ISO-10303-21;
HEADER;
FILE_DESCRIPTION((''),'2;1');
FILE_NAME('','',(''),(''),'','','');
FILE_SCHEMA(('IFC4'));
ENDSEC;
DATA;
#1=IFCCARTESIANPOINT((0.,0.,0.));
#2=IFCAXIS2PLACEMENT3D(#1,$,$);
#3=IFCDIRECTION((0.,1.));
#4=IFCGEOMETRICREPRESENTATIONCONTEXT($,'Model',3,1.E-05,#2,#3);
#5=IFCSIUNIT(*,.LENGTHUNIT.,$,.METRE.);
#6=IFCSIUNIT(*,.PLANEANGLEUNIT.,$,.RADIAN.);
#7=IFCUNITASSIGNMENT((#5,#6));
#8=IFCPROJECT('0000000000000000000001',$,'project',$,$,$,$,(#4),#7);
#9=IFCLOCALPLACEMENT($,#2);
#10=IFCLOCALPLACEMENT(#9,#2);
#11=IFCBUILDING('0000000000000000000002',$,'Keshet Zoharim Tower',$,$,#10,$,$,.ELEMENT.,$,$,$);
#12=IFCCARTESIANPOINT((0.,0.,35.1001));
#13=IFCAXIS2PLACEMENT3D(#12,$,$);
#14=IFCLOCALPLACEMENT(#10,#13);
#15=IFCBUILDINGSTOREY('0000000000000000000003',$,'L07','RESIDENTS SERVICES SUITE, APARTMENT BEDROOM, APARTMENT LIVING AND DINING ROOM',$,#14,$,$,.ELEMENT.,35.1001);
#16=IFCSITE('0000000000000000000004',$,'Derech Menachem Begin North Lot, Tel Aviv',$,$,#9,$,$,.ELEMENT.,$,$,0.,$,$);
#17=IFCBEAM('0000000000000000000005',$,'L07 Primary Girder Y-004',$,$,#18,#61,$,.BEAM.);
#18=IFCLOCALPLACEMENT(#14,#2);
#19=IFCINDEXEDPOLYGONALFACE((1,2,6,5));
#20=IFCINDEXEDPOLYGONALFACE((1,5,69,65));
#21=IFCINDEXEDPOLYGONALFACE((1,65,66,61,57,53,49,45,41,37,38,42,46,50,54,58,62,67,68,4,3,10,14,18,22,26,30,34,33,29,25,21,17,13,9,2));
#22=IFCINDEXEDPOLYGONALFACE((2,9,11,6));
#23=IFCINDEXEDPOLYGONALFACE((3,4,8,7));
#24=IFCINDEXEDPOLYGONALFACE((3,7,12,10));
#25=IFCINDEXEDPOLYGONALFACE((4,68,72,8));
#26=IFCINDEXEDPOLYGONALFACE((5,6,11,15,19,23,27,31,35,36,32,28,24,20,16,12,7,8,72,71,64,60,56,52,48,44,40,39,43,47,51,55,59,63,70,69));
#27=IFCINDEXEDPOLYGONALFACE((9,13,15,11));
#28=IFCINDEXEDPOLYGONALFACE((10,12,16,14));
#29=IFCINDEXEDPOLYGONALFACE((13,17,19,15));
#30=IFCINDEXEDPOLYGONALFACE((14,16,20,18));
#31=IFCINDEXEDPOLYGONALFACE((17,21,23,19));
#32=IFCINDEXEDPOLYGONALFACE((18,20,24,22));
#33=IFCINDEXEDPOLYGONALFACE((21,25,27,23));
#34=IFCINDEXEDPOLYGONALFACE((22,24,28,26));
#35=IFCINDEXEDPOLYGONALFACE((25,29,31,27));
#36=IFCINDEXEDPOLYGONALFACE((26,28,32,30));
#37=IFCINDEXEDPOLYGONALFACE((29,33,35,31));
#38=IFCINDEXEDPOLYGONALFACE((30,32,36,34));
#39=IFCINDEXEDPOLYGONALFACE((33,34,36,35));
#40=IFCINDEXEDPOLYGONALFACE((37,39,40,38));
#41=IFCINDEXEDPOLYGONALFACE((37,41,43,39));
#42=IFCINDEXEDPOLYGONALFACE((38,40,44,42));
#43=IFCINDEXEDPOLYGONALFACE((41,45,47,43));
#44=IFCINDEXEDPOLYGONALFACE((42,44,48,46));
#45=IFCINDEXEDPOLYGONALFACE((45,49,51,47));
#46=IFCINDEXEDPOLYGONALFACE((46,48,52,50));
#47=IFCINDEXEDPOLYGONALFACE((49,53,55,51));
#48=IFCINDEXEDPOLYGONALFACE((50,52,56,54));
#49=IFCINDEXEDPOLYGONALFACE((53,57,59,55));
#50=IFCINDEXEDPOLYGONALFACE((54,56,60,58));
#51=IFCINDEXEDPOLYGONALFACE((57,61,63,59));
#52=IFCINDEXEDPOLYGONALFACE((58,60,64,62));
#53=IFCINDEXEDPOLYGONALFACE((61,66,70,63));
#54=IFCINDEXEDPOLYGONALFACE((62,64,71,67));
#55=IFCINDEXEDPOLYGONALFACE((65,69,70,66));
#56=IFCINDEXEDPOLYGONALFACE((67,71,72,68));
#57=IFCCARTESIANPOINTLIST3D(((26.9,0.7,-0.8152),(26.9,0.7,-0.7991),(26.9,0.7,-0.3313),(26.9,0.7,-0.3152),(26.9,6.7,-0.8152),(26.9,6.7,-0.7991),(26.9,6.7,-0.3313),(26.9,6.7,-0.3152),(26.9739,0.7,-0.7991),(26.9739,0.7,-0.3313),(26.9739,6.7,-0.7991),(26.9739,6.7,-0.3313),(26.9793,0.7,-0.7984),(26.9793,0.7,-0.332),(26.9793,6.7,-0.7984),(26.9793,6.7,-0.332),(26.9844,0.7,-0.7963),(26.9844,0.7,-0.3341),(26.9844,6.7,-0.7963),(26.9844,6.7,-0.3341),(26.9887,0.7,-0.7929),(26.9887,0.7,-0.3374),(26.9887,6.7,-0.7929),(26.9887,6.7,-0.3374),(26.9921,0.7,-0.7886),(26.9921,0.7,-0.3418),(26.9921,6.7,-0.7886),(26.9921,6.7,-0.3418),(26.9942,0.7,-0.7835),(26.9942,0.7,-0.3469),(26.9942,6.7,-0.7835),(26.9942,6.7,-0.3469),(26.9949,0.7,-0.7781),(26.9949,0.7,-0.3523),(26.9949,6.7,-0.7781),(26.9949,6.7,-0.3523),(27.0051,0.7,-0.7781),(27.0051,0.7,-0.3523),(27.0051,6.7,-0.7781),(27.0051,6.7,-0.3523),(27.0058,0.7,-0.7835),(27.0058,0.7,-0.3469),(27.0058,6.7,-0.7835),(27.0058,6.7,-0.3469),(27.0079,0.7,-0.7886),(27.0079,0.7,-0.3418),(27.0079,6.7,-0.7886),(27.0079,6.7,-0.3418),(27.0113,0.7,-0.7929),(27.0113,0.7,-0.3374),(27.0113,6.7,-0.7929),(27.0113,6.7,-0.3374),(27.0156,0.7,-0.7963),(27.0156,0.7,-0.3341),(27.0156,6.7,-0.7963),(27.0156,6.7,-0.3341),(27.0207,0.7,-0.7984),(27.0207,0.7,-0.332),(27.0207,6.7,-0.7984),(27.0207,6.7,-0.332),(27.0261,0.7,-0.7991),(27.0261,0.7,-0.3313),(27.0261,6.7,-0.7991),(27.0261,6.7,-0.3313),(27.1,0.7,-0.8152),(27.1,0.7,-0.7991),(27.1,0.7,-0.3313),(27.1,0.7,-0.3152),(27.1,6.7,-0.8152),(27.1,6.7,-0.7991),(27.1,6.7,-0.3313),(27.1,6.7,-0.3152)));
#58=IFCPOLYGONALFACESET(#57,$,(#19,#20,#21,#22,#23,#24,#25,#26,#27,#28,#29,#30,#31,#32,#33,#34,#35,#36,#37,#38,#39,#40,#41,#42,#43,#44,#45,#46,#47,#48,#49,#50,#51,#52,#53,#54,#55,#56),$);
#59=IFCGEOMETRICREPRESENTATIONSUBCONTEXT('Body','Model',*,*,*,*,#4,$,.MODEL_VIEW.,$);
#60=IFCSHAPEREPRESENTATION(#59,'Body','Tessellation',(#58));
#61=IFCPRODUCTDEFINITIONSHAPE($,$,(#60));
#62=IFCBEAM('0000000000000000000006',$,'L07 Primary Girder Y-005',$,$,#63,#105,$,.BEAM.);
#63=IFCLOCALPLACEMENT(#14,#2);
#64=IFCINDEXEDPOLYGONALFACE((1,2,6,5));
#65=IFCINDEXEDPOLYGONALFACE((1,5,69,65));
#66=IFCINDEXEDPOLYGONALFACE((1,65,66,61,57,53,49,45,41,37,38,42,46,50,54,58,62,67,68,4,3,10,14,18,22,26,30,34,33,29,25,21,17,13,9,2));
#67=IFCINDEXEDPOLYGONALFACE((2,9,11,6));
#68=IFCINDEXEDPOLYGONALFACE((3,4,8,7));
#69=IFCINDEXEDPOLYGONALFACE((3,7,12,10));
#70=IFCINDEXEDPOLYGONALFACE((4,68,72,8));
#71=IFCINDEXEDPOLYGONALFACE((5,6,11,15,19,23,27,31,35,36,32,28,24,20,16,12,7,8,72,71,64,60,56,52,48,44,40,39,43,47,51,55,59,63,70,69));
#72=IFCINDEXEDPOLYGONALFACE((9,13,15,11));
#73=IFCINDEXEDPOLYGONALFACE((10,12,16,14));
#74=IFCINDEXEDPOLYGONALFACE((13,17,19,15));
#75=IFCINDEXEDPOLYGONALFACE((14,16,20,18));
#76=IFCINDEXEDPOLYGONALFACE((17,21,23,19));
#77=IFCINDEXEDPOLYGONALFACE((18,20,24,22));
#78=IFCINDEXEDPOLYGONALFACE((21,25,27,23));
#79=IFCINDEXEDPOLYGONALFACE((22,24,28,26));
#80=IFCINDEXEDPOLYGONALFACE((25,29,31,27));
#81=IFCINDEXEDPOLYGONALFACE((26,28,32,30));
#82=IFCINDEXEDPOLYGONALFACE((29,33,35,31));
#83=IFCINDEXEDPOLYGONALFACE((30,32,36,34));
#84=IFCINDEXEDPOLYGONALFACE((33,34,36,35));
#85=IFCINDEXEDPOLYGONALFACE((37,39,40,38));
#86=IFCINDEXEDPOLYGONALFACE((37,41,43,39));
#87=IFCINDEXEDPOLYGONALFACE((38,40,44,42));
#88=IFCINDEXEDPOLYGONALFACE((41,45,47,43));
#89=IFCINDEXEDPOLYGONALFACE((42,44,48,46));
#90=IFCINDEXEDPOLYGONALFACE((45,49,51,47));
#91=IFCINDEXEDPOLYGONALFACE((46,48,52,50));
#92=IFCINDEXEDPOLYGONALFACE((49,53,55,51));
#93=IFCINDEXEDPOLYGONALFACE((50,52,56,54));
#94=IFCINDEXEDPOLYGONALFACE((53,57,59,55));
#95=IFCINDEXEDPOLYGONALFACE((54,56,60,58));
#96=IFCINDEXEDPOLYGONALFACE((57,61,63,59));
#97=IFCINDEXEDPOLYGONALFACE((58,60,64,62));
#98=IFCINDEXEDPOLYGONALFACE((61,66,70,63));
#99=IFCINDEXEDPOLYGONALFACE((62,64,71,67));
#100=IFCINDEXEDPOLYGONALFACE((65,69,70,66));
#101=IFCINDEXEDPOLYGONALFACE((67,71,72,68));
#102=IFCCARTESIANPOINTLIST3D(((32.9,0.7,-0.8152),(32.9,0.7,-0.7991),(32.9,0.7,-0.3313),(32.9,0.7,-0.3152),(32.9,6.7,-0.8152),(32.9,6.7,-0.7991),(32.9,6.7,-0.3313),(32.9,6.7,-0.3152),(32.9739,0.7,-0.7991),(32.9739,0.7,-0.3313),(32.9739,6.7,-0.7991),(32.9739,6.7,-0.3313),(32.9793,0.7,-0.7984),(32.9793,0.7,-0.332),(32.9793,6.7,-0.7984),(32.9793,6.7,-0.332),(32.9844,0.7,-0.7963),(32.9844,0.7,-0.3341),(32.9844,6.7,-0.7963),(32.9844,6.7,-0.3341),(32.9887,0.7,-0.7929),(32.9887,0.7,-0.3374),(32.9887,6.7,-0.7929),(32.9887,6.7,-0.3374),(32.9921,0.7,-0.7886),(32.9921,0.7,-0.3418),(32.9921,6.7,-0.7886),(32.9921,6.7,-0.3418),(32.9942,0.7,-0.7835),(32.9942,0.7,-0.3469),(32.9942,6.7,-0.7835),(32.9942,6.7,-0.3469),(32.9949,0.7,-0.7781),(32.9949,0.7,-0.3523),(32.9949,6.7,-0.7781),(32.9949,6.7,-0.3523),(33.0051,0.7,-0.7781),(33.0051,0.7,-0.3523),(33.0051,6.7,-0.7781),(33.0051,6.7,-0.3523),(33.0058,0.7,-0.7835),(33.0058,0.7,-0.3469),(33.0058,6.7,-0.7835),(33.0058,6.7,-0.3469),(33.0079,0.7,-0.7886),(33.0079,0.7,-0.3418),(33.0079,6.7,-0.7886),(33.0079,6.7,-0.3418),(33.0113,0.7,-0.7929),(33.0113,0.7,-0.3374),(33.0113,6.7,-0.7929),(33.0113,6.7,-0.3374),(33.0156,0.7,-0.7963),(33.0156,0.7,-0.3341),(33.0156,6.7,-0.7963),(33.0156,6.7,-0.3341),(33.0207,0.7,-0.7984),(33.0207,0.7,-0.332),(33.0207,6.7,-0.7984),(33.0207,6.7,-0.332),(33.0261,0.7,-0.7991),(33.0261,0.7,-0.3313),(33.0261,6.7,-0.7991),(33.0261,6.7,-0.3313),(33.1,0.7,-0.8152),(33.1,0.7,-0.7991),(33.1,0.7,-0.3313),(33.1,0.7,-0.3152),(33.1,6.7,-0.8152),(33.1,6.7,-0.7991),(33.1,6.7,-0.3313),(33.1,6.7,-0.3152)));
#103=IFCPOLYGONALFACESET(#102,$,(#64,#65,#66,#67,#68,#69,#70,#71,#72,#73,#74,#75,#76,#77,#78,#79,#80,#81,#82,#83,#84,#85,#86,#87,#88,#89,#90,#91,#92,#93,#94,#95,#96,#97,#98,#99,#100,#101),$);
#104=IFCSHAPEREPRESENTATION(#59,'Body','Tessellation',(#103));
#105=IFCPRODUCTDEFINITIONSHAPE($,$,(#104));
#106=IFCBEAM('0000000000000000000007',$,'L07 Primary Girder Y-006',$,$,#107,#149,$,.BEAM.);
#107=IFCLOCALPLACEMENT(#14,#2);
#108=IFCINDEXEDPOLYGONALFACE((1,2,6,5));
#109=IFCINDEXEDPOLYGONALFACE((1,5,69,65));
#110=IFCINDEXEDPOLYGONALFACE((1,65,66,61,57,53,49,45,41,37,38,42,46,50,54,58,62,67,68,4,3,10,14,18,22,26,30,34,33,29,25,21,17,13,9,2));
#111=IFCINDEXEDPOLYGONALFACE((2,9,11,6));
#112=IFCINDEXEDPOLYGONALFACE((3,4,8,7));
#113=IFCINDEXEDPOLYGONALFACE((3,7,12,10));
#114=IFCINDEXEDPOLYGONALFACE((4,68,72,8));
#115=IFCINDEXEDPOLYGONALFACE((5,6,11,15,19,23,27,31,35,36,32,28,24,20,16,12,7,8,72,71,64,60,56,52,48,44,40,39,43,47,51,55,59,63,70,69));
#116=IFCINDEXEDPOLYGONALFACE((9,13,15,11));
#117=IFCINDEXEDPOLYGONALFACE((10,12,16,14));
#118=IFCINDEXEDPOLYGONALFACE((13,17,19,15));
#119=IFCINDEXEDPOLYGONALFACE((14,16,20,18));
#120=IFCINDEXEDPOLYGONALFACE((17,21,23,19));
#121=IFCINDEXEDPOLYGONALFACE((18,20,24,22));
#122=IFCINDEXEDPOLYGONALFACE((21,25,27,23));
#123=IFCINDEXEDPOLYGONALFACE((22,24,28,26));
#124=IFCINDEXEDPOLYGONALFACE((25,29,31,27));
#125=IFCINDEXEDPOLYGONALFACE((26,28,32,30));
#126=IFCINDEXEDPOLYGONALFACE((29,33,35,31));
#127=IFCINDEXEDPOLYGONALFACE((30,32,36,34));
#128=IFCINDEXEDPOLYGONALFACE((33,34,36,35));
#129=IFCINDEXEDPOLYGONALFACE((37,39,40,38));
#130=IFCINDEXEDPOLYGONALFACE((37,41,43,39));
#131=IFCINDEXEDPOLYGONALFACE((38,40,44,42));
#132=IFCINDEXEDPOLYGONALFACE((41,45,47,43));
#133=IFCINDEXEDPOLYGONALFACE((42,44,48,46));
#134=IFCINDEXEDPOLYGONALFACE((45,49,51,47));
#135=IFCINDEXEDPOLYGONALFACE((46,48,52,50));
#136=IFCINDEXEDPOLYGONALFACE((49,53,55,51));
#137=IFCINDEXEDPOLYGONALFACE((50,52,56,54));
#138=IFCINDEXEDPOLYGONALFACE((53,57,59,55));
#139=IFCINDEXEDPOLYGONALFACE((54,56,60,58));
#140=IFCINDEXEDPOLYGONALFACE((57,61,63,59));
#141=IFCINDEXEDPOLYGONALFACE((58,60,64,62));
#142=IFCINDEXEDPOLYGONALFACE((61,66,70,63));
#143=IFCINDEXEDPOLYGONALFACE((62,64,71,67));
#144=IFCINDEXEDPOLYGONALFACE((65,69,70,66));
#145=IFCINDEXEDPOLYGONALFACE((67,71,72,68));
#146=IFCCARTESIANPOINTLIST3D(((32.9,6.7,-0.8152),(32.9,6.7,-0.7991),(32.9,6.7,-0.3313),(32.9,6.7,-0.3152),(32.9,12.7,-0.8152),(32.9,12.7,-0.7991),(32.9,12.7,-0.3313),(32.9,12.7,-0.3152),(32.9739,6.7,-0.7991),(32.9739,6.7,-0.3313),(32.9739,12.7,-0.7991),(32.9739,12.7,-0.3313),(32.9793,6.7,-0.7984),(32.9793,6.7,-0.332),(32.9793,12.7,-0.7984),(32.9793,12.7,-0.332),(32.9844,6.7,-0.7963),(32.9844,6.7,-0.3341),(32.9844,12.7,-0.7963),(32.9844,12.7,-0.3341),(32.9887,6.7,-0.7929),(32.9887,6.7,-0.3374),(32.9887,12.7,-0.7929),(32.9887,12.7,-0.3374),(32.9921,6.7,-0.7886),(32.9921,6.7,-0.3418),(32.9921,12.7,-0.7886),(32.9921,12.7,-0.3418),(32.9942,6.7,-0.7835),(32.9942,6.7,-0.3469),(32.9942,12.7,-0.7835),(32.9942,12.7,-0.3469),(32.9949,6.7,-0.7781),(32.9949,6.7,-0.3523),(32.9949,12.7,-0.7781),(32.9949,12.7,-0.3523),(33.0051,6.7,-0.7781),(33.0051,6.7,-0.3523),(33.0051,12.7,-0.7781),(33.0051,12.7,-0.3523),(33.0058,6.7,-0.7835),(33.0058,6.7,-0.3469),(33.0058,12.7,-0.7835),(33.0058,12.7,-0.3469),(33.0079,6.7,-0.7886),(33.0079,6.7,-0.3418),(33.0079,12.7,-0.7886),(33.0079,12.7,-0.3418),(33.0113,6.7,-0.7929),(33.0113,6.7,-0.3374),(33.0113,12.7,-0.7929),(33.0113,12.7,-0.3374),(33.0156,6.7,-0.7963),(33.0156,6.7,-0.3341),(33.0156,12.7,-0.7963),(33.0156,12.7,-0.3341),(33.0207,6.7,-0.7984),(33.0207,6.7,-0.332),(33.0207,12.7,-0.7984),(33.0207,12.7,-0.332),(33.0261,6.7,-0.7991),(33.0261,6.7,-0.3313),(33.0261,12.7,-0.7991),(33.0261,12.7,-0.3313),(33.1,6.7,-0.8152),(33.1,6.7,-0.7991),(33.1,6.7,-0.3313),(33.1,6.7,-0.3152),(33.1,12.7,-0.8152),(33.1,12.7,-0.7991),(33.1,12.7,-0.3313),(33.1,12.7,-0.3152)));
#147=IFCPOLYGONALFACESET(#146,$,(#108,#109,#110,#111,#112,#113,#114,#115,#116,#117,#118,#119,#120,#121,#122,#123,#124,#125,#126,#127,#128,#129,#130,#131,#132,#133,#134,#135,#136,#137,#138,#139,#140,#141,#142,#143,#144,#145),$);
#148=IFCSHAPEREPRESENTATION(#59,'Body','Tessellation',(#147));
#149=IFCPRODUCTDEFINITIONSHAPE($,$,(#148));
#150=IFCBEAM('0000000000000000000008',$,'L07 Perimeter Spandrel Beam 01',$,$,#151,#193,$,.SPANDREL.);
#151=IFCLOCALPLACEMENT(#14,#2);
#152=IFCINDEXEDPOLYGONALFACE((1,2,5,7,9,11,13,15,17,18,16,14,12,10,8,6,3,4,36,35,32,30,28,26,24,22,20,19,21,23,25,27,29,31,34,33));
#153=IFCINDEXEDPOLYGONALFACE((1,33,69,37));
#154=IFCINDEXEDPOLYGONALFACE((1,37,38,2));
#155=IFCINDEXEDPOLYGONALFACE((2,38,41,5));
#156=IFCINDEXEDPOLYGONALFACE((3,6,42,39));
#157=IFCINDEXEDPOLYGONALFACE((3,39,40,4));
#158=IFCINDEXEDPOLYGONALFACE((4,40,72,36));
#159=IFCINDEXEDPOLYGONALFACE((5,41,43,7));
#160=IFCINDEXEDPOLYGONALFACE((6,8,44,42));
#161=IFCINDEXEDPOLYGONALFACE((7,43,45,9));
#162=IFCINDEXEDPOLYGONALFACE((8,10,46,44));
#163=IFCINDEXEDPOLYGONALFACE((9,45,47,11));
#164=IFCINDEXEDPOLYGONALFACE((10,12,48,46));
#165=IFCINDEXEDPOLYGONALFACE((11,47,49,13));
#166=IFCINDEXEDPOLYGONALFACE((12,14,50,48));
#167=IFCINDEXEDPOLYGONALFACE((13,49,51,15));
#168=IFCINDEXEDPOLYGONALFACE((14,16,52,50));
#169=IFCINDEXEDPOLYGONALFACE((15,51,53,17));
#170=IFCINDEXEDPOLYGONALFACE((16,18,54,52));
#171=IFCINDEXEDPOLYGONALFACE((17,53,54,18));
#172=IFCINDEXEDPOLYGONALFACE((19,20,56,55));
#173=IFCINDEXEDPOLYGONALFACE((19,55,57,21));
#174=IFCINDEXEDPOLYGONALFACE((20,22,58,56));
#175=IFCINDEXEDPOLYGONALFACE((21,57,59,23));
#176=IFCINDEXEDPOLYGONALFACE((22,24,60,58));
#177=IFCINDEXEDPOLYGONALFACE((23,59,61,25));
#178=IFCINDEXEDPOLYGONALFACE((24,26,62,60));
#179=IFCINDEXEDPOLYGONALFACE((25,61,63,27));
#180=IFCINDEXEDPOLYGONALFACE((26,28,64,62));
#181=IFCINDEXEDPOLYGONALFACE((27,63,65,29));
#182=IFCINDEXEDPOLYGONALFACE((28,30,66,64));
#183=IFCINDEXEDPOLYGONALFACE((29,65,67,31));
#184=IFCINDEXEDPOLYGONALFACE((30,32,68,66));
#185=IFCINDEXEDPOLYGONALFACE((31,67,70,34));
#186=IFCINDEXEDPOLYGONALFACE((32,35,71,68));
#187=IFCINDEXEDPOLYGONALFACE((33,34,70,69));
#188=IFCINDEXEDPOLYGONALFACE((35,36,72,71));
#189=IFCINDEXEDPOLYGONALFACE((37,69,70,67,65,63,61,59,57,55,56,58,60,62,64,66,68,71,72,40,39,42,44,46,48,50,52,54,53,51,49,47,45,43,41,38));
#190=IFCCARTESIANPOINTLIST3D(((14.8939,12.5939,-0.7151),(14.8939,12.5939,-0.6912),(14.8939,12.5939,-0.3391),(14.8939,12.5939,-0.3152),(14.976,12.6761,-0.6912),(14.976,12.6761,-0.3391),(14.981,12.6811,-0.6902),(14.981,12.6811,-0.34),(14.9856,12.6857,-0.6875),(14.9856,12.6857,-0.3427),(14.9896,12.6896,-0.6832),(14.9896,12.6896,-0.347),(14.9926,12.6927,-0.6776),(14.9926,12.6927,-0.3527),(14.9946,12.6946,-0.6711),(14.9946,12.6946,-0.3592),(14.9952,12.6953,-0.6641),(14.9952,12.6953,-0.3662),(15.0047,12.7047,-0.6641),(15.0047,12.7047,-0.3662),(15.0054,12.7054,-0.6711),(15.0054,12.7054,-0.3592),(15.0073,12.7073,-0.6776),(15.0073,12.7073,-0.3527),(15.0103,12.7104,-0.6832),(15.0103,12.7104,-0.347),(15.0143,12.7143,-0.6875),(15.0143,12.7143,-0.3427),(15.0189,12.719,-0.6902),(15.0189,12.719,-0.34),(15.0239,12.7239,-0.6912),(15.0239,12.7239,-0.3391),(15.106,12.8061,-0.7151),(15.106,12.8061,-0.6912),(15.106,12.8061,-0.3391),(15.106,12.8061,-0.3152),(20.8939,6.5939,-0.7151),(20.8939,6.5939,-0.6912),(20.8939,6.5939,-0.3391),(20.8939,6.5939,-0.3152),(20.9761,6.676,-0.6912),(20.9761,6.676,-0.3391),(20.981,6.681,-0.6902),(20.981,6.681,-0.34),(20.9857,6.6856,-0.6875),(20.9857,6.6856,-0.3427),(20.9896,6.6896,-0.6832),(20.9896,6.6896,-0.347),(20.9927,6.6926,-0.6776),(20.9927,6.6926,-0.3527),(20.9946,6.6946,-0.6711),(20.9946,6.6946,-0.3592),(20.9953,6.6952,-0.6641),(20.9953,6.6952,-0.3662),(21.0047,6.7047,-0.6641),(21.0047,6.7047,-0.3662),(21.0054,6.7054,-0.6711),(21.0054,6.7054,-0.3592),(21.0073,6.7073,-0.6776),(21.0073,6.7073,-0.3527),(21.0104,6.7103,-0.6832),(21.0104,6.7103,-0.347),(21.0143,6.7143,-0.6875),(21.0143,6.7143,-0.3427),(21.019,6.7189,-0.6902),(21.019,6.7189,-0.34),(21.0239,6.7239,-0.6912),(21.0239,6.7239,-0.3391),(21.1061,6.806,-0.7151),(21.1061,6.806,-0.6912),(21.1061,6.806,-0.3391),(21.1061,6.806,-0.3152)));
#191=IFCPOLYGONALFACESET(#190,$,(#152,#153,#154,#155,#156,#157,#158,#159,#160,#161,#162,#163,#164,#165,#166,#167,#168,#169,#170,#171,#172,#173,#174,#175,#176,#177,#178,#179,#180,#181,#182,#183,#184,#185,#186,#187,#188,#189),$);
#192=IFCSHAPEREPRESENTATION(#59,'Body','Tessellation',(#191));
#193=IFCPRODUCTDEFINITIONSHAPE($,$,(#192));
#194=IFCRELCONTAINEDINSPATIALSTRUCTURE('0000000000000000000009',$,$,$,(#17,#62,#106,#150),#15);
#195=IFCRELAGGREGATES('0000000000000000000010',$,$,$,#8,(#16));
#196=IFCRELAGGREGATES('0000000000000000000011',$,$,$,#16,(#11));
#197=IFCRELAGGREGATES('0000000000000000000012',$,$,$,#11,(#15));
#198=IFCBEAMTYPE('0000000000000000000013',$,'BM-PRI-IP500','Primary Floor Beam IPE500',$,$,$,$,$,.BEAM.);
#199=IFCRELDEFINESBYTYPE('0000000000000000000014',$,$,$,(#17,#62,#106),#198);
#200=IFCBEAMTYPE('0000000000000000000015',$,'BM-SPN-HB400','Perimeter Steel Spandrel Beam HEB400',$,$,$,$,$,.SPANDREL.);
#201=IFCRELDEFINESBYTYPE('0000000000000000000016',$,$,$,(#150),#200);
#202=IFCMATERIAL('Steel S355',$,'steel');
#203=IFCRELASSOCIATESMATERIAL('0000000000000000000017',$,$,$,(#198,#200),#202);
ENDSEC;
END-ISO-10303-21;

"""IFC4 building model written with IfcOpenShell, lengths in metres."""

from ifc_helpers import new_model, si_unit, direction, frame, origin, origin_2d, place, context, subcontext, project, spatial, i_section, extrude, material, material_profile, profile_set, type_object, element, save


model = new_model("IFC4")

# Units and contexts
model_context = context("Model", 3, precision=1e-05, world=origin(), true_north=direction((0.0, 1.0)))
body_context = subcontext(model_context, "Body", "Model", "MODEL_VIEW")
ifc_project = project(units=[si_unit("LENGTHUNIT", "METRE"), si_unit("PLANEANGLEUNIT", "RADIAN")], contexts=[model_context])

# Site, building, storey
site_placement = place(None, origin())
site = spatial("IfcSite", under=ifc_project, at=site_placement, Name="Derech Menachem Begin North Lot, Tel Aviv", CompositionType="ELEMENT", RefElevation=0.0)
building_placement = place(site_placement, origin())
building = spatial("IfcBuilding", under=site, at=building_placement, Name="Keshet Zoharim Tower", CompositionType="ELEMENT")
storey_placement = place(building_placement, frame((0.0, 0.0, 35.1001)))
storey = spatial("IfcBuildingStorey", under=building, at=storey_placement, Name="L07", Description="RESIDENTS SERVICES SUITE, APARTMENT BEDROOM, APARTMENT LIVING AND DINING ROOM", CompositionType="ELEMENT", Elevation=35.1001)

# Shared definitions
ifc_material_1 = material(Name="Steel S355", Category="steel")

# Beams
ifc_material_profile_1 = material_profile(ifc_material_1, i_section(OverallWidth=0.2, OverallDepth=0.5, WebThickness=0.0103, FlangeThickness=0.0161, FilletRadius=0.021, at=origin_2d()), Name="IPE500")
ifc_profile_set_1 = profile_set([ifc_material_profile_1], Name="Steel S355")
beam_type_1 = type_object("IfcBeamType", Name="BM-PRI-IP500", Description="Primary Floor Beam IPE500", PredefinedType="BEAM", material=ifc_profile_set_1)
for number, where, z_axis, x_axis, name in (
    (1, (27.0, 0.7, -0.5652), (0.0, 1.0, 0.0), (-1.0, 0.0, 0.0), "L07 Primary Girder Y-004"),
    (2, (33.0, 0.7, -0.5652), (0.0, 1.0, 0.0), (-1.0, 0.0, 0.0), "L07 Primary Girder Y-005"),
    (3, (33.0, 6.7, -0.5652), (0.0, 1.0, 0.0), (-1.0, 0.0, 0.0), "L07 Primary Girder Y-006"),
):
    element("IfcBeam", number, at=place(storey_placement, frame(where, z_axis=z_axis, x_axis=x_axis)), inside=storey, type_object=beam_type_1, Name=name, PredefinedType="BEAM", context=body_context, shape_type="SweptSolid", body=[
        extrude(i_section(OverallWidth=0.2, OverallDepth=0.5, WebThickness=0.0103, FlangeThickness=0.0161, FilletRadius=0.021, at=origin_2d()), origin(), (0.0, 0.0, 1.0), 6.0),
    ])
ifc_material_profile_2 = material_profile(ifc_material_1, i_section(OverallWidth=0.3, OverallDepth=0.3999, WebThickness=0.0134, FlangeThickness=0.0239, FilletRadius=0.0271, at=origin_2d()), Name="HEB400")
ifc_profile_set_2 = profile_set([ifc_material_profile_2], Name="Steel S355")
beam_type_2 = type_object("IfcBeamType", Name="BM-SPN-HB400", Description="Perimeter Steel Spandrel Beam HEB400", PredefinedType="SPANDREL", material=ifc_profile_set_2)
beam_placement = place(storey_placement, frame((21.0, 6.7, -0.5151), z_axis=(-0.707107, 0.707107, 0.0), x_axis=(-0.707107, -0.707107, 0.0)))
element("IfcBeam", 4, at=beam_placement, inside=storey, type_object=beam_type_2, Name="L07 Perimeter Spandrel Beam 01", PredefinedType="SPANDREL", context=body_context, shape_type="SweptSolid", body=[
    extrude(i_section(OverallWidth=0.3, OverallDepth=0.3999, WebThickness=0.0134, FlangeThickness=0.0239, FilletRadius=0.0271, at=origin_2d()), origin(), (0.0, 0.0, 1.0), 8.4854),
])

save(model, "model.ifc")
